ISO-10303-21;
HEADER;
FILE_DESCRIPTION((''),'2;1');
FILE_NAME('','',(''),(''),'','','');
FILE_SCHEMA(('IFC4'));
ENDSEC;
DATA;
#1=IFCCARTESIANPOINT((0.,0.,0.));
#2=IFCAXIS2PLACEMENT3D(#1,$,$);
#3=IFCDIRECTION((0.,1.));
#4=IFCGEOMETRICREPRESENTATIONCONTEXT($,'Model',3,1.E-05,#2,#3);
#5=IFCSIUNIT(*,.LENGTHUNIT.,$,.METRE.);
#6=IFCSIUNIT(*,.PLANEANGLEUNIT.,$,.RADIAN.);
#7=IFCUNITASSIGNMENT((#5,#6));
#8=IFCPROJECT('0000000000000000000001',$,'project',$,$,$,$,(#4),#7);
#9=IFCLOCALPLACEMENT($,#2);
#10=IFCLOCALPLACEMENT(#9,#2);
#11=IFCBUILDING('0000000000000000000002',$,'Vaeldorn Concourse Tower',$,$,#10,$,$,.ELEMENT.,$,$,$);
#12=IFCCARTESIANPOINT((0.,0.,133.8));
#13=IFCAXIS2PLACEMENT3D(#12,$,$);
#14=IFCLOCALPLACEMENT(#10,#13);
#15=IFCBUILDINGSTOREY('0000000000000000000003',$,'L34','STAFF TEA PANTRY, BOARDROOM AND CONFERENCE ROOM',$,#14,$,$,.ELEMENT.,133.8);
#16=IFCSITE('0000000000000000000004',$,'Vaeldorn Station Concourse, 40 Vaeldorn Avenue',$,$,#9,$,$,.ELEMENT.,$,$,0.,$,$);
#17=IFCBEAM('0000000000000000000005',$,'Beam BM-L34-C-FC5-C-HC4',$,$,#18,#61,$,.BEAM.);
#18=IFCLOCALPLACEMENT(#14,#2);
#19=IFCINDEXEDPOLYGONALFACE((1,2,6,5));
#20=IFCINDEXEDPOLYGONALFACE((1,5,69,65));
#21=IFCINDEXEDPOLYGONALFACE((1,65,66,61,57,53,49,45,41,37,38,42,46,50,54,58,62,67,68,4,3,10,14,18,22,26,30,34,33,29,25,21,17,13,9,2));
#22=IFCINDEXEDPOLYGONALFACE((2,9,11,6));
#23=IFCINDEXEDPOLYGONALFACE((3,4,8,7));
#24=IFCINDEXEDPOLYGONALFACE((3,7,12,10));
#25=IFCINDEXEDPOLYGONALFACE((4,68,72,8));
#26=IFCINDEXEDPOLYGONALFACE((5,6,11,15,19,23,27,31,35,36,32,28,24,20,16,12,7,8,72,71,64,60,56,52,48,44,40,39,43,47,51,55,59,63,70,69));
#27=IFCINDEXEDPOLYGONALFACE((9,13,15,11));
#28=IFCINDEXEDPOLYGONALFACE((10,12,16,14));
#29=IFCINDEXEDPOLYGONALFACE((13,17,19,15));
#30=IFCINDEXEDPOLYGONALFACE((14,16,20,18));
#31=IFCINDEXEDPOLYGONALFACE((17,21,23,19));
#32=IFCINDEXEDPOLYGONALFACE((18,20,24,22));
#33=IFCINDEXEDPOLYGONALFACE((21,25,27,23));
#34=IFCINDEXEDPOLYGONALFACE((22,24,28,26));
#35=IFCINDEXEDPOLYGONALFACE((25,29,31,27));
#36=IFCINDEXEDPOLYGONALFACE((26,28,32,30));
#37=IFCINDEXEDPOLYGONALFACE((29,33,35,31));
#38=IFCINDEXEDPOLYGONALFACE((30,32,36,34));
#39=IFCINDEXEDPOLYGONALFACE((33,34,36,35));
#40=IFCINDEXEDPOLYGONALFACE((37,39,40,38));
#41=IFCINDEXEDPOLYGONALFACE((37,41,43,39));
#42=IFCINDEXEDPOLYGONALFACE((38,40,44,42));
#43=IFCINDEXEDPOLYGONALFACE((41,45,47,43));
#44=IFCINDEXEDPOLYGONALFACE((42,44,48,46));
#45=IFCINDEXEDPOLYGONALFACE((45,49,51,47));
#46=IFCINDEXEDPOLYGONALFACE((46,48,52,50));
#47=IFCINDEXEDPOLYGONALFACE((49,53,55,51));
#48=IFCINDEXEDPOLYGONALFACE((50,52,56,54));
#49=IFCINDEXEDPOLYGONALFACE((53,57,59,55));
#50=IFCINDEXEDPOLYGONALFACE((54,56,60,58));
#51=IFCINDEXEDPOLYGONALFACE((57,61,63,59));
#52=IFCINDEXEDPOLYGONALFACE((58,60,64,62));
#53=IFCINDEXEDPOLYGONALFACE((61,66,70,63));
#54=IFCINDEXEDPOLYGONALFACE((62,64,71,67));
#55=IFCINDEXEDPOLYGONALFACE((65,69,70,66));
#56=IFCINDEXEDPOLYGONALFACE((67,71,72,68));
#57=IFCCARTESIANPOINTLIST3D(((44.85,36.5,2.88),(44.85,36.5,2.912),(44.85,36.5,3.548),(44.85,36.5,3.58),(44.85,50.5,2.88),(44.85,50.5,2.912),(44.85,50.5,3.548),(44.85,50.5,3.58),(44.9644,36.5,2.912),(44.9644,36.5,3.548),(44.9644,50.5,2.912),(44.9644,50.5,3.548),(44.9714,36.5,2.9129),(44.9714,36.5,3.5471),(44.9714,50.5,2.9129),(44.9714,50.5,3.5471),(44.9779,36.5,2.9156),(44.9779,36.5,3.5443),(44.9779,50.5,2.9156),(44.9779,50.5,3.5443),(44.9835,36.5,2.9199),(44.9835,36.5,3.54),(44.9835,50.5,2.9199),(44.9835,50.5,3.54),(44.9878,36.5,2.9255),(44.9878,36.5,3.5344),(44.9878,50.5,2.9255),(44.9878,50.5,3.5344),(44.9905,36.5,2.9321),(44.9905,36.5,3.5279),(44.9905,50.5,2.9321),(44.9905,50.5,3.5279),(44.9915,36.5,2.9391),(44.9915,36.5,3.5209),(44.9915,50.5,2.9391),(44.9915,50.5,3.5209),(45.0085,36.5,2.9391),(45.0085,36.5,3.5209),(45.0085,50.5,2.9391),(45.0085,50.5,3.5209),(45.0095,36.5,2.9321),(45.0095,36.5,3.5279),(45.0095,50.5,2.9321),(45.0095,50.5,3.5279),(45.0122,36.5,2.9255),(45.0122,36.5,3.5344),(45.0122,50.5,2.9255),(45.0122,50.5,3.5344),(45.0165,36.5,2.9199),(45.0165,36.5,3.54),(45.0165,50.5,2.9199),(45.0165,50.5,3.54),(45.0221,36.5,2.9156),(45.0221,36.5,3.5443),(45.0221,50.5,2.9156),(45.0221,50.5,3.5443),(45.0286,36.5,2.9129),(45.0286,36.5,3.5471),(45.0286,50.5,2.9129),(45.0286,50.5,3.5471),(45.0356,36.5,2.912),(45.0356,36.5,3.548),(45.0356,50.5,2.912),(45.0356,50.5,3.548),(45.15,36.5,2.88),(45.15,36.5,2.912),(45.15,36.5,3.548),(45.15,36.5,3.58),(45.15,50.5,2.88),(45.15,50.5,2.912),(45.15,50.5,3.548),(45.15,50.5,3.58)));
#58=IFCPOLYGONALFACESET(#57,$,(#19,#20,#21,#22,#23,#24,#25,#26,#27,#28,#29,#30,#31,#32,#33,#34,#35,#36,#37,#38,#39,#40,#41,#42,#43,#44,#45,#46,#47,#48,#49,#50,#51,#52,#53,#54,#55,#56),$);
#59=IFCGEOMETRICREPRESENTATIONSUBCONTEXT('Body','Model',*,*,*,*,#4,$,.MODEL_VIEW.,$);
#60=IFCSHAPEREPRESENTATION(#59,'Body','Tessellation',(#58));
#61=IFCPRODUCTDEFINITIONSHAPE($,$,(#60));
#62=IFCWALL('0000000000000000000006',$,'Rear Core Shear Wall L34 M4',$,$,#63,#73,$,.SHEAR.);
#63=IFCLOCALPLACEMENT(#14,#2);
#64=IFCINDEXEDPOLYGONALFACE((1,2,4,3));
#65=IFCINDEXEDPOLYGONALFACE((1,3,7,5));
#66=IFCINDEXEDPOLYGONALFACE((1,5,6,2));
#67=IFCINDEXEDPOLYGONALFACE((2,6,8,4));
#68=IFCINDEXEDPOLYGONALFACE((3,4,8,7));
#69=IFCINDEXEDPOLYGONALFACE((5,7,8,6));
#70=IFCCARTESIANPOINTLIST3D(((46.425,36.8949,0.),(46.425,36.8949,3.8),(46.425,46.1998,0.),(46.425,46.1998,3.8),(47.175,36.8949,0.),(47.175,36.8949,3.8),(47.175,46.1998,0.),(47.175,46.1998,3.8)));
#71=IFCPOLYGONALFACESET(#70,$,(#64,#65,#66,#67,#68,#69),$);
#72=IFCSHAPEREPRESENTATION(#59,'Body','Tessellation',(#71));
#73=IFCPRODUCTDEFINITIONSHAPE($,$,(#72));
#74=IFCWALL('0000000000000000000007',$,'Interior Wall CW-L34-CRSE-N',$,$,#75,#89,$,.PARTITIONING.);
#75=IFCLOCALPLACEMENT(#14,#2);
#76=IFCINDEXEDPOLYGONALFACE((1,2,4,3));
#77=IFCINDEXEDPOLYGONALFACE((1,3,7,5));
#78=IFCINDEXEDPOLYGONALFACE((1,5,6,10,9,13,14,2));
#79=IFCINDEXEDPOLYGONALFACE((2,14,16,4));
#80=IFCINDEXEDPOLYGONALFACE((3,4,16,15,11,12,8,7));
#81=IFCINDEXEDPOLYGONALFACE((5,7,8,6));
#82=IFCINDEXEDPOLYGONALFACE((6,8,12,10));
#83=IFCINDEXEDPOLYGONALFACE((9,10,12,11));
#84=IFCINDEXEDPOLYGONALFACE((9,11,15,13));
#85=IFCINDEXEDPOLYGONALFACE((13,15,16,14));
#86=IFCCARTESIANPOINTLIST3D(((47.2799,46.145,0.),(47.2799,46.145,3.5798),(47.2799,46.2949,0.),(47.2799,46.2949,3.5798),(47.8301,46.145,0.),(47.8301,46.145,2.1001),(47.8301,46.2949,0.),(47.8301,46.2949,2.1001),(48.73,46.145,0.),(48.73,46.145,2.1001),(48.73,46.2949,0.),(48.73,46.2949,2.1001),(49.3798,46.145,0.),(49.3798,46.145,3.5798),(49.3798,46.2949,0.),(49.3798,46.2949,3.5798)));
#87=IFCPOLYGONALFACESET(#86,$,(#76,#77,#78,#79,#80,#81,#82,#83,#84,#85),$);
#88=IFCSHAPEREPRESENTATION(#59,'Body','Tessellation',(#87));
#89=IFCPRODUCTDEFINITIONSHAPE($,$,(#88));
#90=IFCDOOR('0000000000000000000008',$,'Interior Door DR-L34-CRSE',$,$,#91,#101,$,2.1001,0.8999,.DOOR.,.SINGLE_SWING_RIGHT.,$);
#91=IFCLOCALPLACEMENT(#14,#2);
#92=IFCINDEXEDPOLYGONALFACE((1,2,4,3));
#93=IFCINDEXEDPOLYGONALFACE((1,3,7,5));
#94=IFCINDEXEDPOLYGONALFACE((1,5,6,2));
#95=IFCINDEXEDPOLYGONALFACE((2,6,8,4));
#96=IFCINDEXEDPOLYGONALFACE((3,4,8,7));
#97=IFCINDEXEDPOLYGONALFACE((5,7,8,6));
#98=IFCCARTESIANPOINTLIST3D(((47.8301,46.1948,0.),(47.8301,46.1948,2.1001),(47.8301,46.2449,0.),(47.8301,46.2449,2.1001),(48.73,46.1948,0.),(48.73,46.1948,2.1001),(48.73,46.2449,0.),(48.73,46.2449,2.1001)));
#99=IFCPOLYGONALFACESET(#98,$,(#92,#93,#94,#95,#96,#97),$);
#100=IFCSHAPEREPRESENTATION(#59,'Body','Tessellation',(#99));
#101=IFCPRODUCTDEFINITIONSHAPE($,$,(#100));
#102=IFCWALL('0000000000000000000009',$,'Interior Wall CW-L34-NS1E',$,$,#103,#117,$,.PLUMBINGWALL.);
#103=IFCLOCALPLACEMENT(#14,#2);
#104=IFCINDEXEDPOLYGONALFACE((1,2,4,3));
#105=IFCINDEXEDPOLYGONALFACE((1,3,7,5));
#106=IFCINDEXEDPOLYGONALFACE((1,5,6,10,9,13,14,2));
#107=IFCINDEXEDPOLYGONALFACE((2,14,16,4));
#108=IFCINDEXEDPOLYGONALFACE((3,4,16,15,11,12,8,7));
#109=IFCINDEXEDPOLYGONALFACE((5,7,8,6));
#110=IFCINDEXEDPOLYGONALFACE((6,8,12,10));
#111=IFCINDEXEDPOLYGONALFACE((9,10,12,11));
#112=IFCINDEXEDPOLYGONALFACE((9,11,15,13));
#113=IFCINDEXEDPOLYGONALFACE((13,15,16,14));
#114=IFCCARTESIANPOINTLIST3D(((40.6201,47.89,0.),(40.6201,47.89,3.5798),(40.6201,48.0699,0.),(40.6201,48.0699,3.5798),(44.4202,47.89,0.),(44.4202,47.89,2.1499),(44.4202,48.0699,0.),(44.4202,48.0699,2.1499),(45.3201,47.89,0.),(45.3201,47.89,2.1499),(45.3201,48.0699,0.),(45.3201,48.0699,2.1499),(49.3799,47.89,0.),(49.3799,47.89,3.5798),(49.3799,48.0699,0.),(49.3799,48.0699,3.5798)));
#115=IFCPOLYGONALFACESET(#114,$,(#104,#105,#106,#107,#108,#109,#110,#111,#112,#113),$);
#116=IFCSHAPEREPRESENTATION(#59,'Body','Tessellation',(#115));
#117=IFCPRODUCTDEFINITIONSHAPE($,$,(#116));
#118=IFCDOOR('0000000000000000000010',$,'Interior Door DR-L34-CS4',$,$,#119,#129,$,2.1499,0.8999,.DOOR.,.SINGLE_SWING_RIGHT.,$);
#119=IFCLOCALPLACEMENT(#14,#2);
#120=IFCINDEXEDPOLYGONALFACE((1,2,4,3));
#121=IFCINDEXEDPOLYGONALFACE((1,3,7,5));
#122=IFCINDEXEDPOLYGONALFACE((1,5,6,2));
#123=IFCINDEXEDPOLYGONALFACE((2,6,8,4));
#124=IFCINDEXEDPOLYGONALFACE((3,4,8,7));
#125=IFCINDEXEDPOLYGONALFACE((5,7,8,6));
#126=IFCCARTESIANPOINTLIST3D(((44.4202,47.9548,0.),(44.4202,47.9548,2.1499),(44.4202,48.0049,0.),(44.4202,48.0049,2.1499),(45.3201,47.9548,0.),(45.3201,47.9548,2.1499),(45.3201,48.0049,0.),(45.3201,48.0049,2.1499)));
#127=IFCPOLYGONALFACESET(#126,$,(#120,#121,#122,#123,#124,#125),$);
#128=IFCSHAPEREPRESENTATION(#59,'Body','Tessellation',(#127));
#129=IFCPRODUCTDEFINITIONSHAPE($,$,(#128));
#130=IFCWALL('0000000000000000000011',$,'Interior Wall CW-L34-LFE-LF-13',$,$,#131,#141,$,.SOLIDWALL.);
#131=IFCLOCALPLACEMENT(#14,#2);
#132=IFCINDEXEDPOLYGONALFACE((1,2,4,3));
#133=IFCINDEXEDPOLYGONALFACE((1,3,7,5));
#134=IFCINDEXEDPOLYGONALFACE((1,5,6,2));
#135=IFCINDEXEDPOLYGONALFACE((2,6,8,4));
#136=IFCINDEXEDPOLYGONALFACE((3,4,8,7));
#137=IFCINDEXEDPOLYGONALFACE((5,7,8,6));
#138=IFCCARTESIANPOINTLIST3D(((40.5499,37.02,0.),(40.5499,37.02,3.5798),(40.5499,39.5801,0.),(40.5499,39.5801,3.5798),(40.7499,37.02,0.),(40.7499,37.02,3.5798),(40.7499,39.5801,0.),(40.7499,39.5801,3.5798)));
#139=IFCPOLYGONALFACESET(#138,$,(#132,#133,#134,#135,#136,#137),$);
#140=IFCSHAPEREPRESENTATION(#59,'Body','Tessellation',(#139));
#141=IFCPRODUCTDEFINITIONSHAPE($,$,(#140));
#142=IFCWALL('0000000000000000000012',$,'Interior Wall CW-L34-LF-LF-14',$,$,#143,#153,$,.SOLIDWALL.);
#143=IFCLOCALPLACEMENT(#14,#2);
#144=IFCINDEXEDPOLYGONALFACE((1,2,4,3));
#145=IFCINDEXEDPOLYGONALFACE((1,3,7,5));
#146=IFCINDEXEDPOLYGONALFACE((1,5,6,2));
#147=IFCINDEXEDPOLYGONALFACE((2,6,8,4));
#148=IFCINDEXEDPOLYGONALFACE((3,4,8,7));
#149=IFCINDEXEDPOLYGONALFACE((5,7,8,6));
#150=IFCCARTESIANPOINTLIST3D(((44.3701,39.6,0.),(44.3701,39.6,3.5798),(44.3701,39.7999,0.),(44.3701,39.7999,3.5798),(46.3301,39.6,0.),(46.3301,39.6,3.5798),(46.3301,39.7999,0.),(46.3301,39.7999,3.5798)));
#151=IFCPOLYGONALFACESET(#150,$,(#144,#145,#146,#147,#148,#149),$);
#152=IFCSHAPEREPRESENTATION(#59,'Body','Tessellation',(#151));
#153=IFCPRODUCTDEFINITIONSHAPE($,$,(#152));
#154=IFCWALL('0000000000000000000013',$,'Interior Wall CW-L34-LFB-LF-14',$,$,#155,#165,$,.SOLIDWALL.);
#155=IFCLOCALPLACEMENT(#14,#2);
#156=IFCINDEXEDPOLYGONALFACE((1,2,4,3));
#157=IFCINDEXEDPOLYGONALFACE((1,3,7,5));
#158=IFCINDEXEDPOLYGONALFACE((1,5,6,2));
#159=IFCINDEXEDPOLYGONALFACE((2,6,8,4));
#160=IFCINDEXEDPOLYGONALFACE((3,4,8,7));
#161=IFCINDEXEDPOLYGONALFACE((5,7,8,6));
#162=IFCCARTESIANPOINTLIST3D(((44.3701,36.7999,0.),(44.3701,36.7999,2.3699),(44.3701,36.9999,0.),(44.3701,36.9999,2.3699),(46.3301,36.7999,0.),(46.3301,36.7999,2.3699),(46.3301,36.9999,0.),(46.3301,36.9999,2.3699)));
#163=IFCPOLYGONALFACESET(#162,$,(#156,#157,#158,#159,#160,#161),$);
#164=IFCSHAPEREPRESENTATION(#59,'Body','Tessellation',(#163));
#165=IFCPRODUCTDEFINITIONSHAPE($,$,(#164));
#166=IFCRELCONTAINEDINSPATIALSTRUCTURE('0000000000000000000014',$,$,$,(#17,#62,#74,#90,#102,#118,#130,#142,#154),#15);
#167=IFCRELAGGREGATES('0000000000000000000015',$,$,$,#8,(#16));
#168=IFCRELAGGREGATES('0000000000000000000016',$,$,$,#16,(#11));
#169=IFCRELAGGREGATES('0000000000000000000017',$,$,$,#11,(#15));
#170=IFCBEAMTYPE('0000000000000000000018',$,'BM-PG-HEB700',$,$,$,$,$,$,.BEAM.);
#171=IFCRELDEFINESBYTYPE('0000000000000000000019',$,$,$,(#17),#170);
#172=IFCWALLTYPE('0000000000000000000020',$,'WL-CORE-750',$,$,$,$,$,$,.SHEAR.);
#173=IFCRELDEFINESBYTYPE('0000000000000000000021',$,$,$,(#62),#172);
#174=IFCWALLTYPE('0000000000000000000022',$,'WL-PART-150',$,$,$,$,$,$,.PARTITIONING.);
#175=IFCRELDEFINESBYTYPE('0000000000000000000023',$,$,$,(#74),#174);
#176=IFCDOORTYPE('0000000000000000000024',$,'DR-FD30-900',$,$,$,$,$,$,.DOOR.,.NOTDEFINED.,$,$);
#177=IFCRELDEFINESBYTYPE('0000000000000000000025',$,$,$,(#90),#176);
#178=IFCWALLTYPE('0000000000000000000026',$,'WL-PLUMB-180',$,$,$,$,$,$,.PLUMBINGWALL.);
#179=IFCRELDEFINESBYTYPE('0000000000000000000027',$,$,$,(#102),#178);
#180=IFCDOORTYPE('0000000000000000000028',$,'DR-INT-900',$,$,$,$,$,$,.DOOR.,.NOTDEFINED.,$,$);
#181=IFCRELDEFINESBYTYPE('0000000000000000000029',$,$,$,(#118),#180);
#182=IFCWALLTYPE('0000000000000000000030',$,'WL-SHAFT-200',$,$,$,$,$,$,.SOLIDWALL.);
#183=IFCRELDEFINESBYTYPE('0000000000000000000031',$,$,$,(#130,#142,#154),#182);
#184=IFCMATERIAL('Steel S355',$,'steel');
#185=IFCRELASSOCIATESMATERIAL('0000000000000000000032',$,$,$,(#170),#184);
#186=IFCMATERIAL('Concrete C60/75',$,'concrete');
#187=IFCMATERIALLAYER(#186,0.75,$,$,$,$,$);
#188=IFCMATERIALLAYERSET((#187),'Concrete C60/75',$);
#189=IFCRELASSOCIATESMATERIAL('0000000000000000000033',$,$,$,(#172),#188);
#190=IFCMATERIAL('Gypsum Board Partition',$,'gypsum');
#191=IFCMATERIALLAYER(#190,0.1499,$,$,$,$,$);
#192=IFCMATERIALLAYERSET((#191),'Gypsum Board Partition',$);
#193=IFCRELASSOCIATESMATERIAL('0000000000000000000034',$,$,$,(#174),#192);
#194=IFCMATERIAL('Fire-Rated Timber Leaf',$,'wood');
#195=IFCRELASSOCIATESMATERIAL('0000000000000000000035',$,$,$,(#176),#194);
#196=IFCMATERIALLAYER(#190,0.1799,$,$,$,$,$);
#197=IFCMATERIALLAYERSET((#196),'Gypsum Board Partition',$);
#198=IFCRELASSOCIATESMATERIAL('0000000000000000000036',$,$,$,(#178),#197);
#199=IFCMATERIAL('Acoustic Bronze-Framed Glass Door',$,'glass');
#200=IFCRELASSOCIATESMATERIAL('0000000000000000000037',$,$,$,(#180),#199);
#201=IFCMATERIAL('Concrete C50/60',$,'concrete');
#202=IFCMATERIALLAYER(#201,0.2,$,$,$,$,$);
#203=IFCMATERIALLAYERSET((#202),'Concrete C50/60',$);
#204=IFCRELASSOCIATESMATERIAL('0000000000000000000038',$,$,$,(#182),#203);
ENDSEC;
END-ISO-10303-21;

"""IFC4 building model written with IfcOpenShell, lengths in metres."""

from ifc_helpers import new_model, si_unit, direction, frame, frame_2d, origin, origin_2d, place, context, subcontext, project, spatial, rectangle, i_section, extrude, source, transform, mapped, material, layer, layer_set, material_profile, profile_set, type_object, element, fill, save


model = new_model("IFC4")

# Units and contexts
model_context = context("Model", 3, precision=1e-05, world=origin(), true_north=direction((0.0, 1.0)))
body_context = subcontext(model_context, "Body", "Model", "MODEL_VIEW")
ifc_project = project(units=[si_unit("LENGTHUNIT", "METRE"), si_unit("PLANEANGLEUNIT", "RADIAN")], contexts=[model_context])

# Site, building, storey
site_placement = place(None, origin())
site = spatial("IfcSite", under=ifc_project, at=site_placement, Name="Vaeldorn Station Concourse, 40 Vaeldorn Avenue", CompositionType="ELEMENT", RefElevation=0.0)
building_placement = place(site_placement, origin())
building = spatial("IfcBuilding", under=site, at=building_placement, Name="Vaeldorn Concourse Tower", CompositionType="ELEMENT")
storey_placement = place(building_placement, frame((0.0, 0.0, 133.8)))
storey = spatial("IfcBuildingStorey", under=building, at=storey_placement, Name="L34", Description="STAFF TEA PANTRY, BOARDROOM AND CONFERENCE ROOM", CompositionType="ELEMENT", Elevation=133.8)

# Beam
ifc_material_1 = material(Name="Concrete C60/75", Category="concrete")
ifc_material_2 = material(Name="Steel S355", Category="steel")
ifc_material_profile_1 = material_profile(ifc_material_2, i_section(OverallWidth=0.3, OverallDepth=0.7, WebThickness=0.0171, FlangeThickness=0.032, FilletRadius=0.0271, at=origin_2d()), Name="HEB 700")
ifc_profile_set_1 = profile_set([ifc_material_profile_1], Name="Steel S355")
beam_type_1 = type_object("IfcBeamType", Name="BM-PG-HEB700", PredefinedType="BEAM", material=ifc_profile_set_1)
shared_shape_1 = source(origin(), body_context, "Body", "SweptSolid", [
    extrude(i_section(OverallWidth=0.3, OverallDepth=0.7, WebThickness=0.0171, FlangeThickness=0.032, FilletRadius=0.0271, at=origin_2d()), origin(), (0.0, 0.0, 1.0), 14.0),
])
beam_1_placement = place(storey_placement, frame((45.0, 36.5, 3.23), z_axis=(0.0, 1.0, 0.0), x_axis=(-1.0, 0.0, 0.0)))
element("IfcBeam", 1, at=beam_1_placement, inside=storey, type_object=beam_type_1, Name="Beam BM-L34-C-FC5-C-HC4", PredefinedType="BEAM", context=body_context, shape_type="MappedRepresentation", body=[
    mapped(shared_shape_1, transform((0.0, 0.0, 0.0), scale=1.0)),
])

# Wall
ifc_layer_1 = layer(ifc_material_1, 0.75)
ifc_layer_set_1 = layer_set([ifc_layer_1], Name="Concrete C60/75")
wall_type_1 = type_object("IfcWallType", Name="WL-CORE-750", PredefinedType="SHEAR", material=ifc_layer_set_1)
wall_1_placement = place(storey_placement, frame((46.8, 36.895, 0.0), z_axis=(0.0, 0.0, 1.0), x_axis=(0.0, 1.0, 0.0)))
element("IfcWall", 2, at=wall_1_placement, inside=storey, type_object=wall_type_1, Name="Rear Core Shear Wall L34 M4", PredefinedType="SHEAR", context=body_context, shape_type="SweptSolid", body=[
    extrude(rectangle(XDim=9.3049, YDim=0.75, at=frame_2d((4.6523, 0.0))), origin(), (0.0, 0.0, 1.0), 3.8),
])

# Walls, openings, doors
ifc_material_3 = material(Name="Gypsum Board Partition", Category="gypsum")
ifc_layer_2 = layer(ifc_material_3, 0.1499)
ifc_layer_set_2 = layer_set([ifc_layer_2], Name="Gypsum Board Partition")
wall_type_2 = type_object("IfcWallType", Name="WL-PART-150", PredefinedType="PARTITIONING", material=ifc_layer_set_2)
wall_2_placement = place(storey_placement, frame((47.28, 46.22, 0.0), z_axis=(0.0, 0.0, 1.0), x_axis=(1.0, 0.0, 0.0)))
wall_2 = element("IfcWall", 3, at=wall_2_placement, inside=storey, type_object=wall_type_2, Name="Interior Wall CW-L34-CRSE-N", PredefinedType="PARTITIONING", context=body_context, shape_type="SweptSolid", body=[
    extrude(rectangle(XDim=2.0999, YDim=0.1499, at=frame_2d((1.0498, 0.0))), origin(), (0.0, 0.0, 1.0), 3.5798),
])
opening_1_placement = place(wall_2_placement, frame((0.55, 0.0, 0.0)))
opening_1 = element("IfcOpeningElement", 4, at=opening_1_placement, cuts=wall_2, PredefinedType="OPENING", context=body_context, shape_type="SweptSolid", body=[
    extrude(rectangle(XDim=0.8999, YDim=2.1001, at=frame_2d((0.45, 1.05))), frame((0.0, 0.085, 0.0), z_axis=(0.0, -1.0, 0.0), x_axis=(1.0, 0.0, 0.0)), (0.0, 0.0, 1.0), 0.1699),
])
ifc_material_4 = material(Name="Fire-Rated Timber Leaf", Category="wood")
door_type_1 = type_object("IfcDoorType", Name="DR-FD30-900", OperationType="NOTDEFINED", PredefinedType="DOOR", material=ifc_material_4)
shared_shape_2 = source(origin(), body_context, "Body", "SweptSolid", [
    extrude(rectangle(XDim=0.8999, YDim=2.1001, at=frame_2d((0.45, 1.05))), frame((0.0, 0.0249, 0.0), z_axis=(0.0, -1.0, 0.0), x_axis=(1.0, 0.0, 0.0)), (0.0, 0.0, 1.0), 0.05),
])
door_1_placement = place(opening_1_placement, origin())
door_1 = element("IfcDoor", 5, at=door_1_placement, inside=storey, type_object=door_type_1, Name="Interior Door DR-L34-CRSE", OperationType="SINGLE_SWING_RIGHT", OverallHeight=2.1001, OverallWidth=0.8999, PredefinedType="DOOR", context=body_context, shape_type="MappedRepresentation", body=[
    mapped(shared_shape_2, transform((0.0, 0.0, 0.0), scale=1.0)),
])
fill(opening_1, door_1)
ifc_layer_3 = layer(ifc_material_3, 0.1799)
ifc_layer_set_3 = layer_set([ifc_layer_3], Name="Gypsum Board Partition")
wall_type_3 = type_object("IfcWallType", Name="WL-PLUMB-180", PredefinedType="PLUMBINGWALL", material=ifc_layer_set_3)
wall_3_placement = place(storey_placement, frame((40.6201, 47.98, 0.0), z_axis=(0.0, 0.0, 1.0), x_axis=(1.0, 0.0, 0.0)))
wall_3 = element("IfcWall", 6, at=wall_3_placement, inside=storey, type_object=wall_type_3, Name="Interior Wall CW-L34-NS1E", PredefinedType="PLUMBINGWALL", context=body_context, shape_type="SweptSolid", body=[
    extrude(rectangle(XDim=8.7598, YDim=0.1799, at=frame_2d((4.3799, 0.0))), origin(), (0.0, 0.0, 1.0), 3.5798),
])
opening_2_placement = place(wall_3_placement, frame((3.8, 0.0, 0.0)))
opening_2 = element("IfcOpeningElement", 7, at=opening_2_placement, cuts=wall_3, PredefinedType="OPENING", context=body_context, shape_type="SweptSolid", body=[
    extrude(rectangle(XDim=0.8999, YDim=2.1499, at=frame_2d((0.45, 1.075))), frame((0.0, 0.1001, 0.0), z_axis=(0.0, -1.0, 0.0), x_axis=(1.0, 0.0, 0.0)), (0.0, 0.0, 1.0), 0.2),
])
ifc_material_5 = material(Name="Acoustic Bronze-Framed Glass Door", Category="glass")
door_type_2 = type_object("IfcDoorType", Name="DR-INT-900", OperationType="NOTDEFINED", PredefinedType="DOOR", material=ifc_material_5)
shared_shape_3 = source(origin(), body_context, "Body", "SweptSolid", [
    extrude(rectangle(XDim=0.8999, YDim=2.1499, at=frame_2d((0.45, 1.075))), frame((0.0, 0.0249, 0.0), z_axis=(0.0, -1.0, 0.0), x_axis=(1.0, 0.0, 0.0)), (0.0, 0.0, 1.0), 0.05),
])
door_2_placement = place(opening_2_placement, origin())
door_2 = element("IfcDoor", 8, at=door_2_placement, inside=storey, type_object=door_type_2, Name="Interior Door DR-L34-CS4", OperationType="SINGLE_SWING_RIGHT", OverallHeight=2.1499, OverallWidth=0.8999, PredefinedType="DOOR", context=body_context, shape_type="MappedRepresentation", body=[
    mapped(shared_shape_3, transform((0.0, 0.0, 0.0), scale=1.0)),
])
fill(opening_2, door_2)
ifc_material_6 = material(Name="Concrete C50/60", Category="concrete")
ifc_layer_4 = layer(ifc_material_6, 0.2)
ifc_layer_set_4 = layer_set([ifc_layer_4], Name="Concrete C50/60")
wall_type_4 = type_object("IfcWallType", Name="WL-SHAFT-200", PredefinedType="SOLIDWALL", material=ifc_layer_set_4)

# Walls
wall_4_placement = place(storey_placement, frame((40.6499, 37.02, 0.0), z_axis=(0.0, 0.0, 1.0), x_axis=(0.0, 1.0, 0.0)))
element("IfcWall", 9, at=wall_4_placement, inside=storey, type_object=wall_type_4, Name="Interior Wall CW-L34-LFE-LF-13", PredefinedType="SOLIDWALL", context=body_context, shape_type="SweptSolid", body=[
    extrude(rectangle(XDim=2.5601, YDim=0.2, at=frame_2d((1.28, 0.0))), origin(), (0.0, 0.0, 1.0), 3.5798),
])
wall_5_placement = place(storey_placement, frame((44.3701, 39.7, 0.0), z_axis=(0.0, 0.0, 1.0), x_axis=(1.0, 0.0, 0.0)))
element("IfcWall", 10, at=wall_5_placement, inside=storey, type_object=wall_type_4, Name="Interior Wall CW-L34-LF-LF-14", PredefinedType="SOLIDWALL", context=body_context, shape_type="SweptSolid", body=[
    extrude(rectangle(XDim=1.96, YDim=0.2, at=frame_2d((0.98, 0.0))), origin(), (0.0, 0.0, 1.0), 3.5798),
])
wall_6_placement = place(storey_placement, frame((44.3701, 36.8999, 0.0), z_axis=(0.0, 0.0, 1.0), x_axis=(1.0, 0.0, 0.0)))
element("IfcWall", 11, at=wall_6_placement, inside=storey, type_object=wall_type_4, Name="Interior Wall CW-L34-LFB-LF-14", PredefinedType="SOLIDWALL", context=body_context, shape_type="SweptSolid", body=[
    extrude(rectangle(XDim=1.96, YDim=0.2, at=frame_2d((0.98, 0.0))), origin(), (0.0, 0.0, 1.0), 2.3699),
])

save(model, "model.ifc")
